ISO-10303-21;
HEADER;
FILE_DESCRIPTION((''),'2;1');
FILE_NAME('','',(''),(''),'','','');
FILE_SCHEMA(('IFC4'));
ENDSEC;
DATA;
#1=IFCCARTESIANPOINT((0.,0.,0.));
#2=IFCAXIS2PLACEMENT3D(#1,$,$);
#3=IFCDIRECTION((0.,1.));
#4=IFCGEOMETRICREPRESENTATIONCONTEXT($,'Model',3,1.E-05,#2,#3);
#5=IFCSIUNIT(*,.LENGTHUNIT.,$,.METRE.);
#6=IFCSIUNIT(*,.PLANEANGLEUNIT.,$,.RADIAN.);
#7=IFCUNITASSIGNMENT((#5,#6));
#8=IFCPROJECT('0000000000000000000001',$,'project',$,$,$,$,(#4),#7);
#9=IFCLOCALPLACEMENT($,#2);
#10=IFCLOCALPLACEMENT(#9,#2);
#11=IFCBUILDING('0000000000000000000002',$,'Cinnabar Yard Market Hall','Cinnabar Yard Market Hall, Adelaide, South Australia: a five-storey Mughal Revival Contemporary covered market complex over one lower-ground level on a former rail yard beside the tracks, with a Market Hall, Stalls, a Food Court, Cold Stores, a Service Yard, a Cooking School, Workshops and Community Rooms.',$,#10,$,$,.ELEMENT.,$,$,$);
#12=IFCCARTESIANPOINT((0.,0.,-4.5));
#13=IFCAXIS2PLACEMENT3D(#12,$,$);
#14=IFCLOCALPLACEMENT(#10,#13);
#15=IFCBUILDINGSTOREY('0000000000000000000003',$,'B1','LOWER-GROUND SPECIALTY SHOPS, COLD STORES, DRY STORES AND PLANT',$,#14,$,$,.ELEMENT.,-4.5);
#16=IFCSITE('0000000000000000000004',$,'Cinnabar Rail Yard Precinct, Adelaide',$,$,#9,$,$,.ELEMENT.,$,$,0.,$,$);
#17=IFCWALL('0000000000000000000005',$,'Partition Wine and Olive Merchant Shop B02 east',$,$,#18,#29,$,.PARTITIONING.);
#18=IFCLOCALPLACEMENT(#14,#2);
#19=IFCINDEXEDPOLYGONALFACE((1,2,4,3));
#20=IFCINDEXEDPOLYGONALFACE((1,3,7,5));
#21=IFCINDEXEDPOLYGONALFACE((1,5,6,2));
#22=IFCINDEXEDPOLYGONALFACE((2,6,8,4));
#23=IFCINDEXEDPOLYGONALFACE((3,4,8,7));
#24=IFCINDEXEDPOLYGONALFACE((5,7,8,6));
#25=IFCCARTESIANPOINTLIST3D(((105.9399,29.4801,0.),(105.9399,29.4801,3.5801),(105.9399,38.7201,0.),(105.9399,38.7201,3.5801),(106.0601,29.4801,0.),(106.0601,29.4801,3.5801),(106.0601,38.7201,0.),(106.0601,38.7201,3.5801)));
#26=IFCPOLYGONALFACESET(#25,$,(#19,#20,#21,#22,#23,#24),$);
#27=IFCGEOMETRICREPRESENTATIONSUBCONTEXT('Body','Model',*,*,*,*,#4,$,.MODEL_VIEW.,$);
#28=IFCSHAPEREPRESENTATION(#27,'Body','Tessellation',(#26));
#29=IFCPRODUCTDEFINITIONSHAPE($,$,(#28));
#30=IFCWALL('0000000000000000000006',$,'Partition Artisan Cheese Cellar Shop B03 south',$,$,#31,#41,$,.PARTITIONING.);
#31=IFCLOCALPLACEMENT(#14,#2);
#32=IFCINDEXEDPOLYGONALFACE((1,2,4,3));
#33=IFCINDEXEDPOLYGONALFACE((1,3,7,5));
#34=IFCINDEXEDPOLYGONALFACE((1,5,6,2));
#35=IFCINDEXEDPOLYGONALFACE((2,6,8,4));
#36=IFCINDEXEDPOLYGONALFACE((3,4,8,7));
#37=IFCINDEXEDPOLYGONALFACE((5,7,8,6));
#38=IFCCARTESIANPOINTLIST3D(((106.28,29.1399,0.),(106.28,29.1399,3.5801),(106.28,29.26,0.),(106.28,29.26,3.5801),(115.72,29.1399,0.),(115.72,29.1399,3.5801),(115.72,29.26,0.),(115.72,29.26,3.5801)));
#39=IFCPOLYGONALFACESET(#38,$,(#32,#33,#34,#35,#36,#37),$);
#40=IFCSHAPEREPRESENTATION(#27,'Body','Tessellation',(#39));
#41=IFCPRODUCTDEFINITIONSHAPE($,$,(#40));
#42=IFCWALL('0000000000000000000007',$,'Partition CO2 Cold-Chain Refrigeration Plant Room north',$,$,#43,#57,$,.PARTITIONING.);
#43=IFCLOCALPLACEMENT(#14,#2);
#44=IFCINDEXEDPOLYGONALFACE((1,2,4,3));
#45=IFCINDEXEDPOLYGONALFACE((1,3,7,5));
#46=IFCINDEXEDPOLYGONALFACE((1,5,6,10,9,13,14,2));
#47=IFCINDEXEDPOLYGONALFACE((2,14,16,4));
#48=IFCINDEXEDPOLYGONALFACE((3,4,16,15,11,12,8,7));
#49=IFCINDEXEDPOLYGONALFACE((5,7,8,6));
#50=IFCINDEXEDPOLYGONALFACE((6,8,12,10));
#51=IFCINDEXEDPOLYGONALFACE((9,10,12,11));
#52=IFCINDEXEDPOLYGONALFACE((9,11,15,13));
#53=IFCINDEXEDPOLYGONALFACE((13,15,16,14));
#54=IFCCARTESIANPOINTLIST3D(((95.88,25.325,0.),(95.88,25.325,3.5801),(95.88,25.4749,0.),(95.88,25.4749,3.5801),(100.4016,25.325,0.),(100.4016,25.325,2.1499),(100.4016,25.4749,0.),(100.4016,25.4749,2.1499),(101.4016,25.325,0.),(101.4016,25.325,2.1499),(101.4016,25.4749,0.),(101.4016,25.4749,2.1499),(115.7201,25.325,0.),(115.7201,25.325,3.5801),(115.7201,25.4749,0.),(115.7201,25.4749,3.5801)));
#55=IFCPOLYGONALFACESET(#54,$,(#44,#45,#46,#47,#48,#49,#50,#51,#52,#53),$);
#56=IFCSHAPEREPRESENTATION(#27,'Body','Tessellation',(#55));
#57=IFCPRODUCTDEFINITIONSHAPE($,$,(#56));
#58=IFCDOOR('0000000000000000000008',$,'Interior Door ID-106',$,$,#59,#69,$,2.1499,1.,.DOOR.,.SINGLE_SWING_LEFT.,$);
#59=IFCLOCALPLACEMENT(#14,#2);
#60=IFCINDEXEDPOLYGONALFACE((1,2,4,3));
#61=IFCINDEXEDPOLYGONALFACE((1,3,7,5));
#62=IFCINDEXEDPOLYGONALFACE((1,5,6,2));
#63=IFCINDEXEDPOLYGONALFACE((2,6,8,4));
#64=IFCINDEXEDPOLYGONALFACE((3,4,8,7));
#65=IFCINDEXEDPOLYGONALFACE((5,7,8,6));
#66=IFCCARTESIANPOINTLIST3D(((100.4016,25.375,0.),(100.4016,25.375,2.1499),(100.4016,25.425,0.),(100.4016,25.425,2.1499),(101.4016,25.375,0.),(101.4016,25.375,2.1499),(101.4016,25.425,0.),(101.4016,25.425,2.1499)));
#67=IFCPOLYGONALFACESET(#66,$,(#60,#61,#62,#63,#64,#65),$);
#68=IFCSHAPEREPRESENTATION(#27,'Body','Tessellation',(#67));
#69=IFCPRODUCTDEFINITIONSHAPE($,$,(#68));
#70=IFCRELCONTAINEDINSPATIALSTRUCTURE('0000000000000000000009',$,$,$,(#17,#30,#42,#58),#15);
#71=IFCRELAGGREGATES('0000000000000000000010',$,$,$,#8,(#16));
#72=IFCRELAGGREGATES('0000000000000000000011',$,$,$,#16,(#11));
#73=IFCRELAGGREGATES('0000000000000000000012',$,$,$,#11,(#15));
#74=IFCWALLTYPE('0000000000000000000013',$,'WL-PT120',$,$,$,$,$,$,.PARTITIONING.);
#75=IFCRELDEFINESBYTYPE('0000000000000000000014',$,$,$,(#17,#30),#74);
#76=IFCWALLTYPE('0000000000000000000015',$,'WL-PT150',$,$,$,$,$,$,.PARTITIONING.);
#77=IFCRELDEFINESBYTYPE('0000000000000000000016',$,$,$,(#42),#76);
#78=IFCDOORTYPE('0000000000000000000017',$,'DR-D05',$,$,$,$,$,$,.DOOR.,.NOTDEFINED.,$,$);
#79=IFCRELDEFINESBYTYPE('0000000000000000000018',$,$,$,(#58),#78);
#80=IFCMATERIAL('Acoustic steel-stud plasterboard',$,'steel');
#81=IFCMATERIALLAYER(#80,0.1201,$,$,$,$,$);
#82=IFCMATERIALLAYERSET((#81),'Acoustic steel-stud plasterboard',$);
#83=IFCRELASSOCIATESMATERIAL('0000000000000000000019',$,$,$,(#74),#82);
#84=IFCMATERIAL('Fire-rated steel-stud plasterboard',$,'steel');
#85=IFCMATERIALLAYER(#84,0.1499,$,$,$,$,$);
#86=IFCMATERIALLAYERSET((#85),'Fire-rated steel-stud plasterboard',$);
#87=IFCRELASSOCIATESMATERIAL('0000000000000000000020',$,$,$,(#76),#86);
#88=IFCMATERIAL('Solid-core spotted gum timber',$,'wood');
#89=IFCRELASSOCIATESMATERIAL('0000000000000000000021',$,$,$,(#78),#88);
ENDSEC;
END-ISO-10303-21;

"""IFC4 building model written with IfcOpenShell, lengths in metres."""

from ifc_helpers import new_model, si_unit, direction, frame, frame_2d, origin, place, context, subcontext, project, spatial, rectangle, extrude, material, layer, layer_set, type_object, element, fill, save


model = new_model("IFC4")

# Units and contexts
model_context = context("Model", 3, precision=1e-05, world=origin(), true_north=direction((0.0, 1.0)))
body_context = subcontext(model_context, "Body", "Model", "MODEL_VIEW")
ifc_project = project(units=[si_unit("LENGTHUNIT", "METRE"), si_unit("PLANEANGLEUNIT", "RADIAN")], contexts=[model_context])

# Site, building, storey
site_placement = place(None, origin())
site = spatial("IfcSite", under=ifc_project, at=site_placement, Name="Cinnabar Rail Yard Precinct, Adelaide", CompositionType="ELEMENT", RefElevation=0.0)
building_placement = place(site_placement, origin())
building = spatial("IfcBuilding", under=site, at=building_placement, Name="Cinnabar Yard Market Hall", Description="Cinnabar Yard Market Hall, Adelaide, South Australia: a five-storey Mughal Revival Contemporary covered market complex over one lower-ground level on a former rail yard beside the tracks, with a Market Hall, Stalls, a Food Court, Cold Stores, a Service Yard, a Cooking School, Workshops and Community Rooms.", CompositionType="ELEMENT")
storey_placement = place(building_placement, frame((0.0, 0.0, -4.5)))
storey = spatial("IfcBuildingStorey", under=building, at=storey_placement, Name="B1", Description="LOWER-GROUND SPECIALTY SHOPS, COLD STORES, DRY STORES AND PLANT", CompositionType="ELEMENT", Elevation=-4.5)

# Walls
ifc_material_1 = material(Name="Acoustic steel-stud plasterboard", Category="steel")
ifc_layer_1 = layer(ifc_material_1, 0.1201)
ifc_layer_set_1 = layer_set([ifc_layer_1], Name="Acoustic steel-stud plasterboard")
wall_type_1 = type_object("IfcWallType", Name="WL-PT120", PredefinedType="PARTITIONING", material=ifc_layer_set_1)
wall_1_placement = place(storey_placement, frame((106.0, 29.48, 0.0), z_axis=(0.0, 0.0, 1.0), x_axis=(0.0, 1.0, 0.0)))
element("IfcWall", 1, at=wall_1_placement, inside=storey, type_object=wall_type_1, Name="Partition Wine and Olive Merchant Shop B02 east", PredefinedType="PARTITIONING", context=body_context, shape_type="SweptSolid", body=[
    extrude(rectangle(XDim=9.24, YDim=0.1201, at=frame_2d((4.6201, 0.0), x_axis=(1.0, 0.0))), origin(), (0.0, 0.0, 1.0), 3.5801),
])
wall_2_placement = place(storey_placement, frame((106.28, 29.2, 0.0), z_axis=(0.0, 0.0, 1.0), x_axis=(1.0, 0.0, 0.0)))
element("IfcWall", 2, at=wall_2_placement, inside=storey, type_object=wall_type_1, Name="Partition Artisan Cheese Cellar Shop B03 south", PredefinedType="PARTITIONING", context=body_context, shape_type="SweptSolid", body=[
    extrude(rectangle(XDim=9.4399, YDim=0.1201, at=frame_2d((4.72, 0.0), x_axis=(1.0, 0.0))), origin(), (0.0, 0.0, 1.0), 3.5801),
])

# Wall, opening, door
ifc_material_2 = material(Name="Fire-rated steel-stud plasterboard", Category="steel")
ifc_layer_2 = layer(ifc_material_2, 0.1499)
ifc_layer_set_2 = layer_set([ifc_layer_2], Name="Fire-rated steel-stud plasterboard")
wall_type_2 = type_object("IfcWallType", Name="WL-PT150", PredefinedType="PARTITIONING", material=ifc_layer_set_2)
wall_3_placement = place(storey_placement, frame((115.72, 25.3999, 0.0), z_axis=(0.0, 0.0, 1.0), x_axis=(-1.0, 0.0, 0.0)))
wall_3 = element("IfcWall", 3, at=wall_3_placement, inside=storey, type_object=wall_type_2, Name="Partition CO2 Cold-Chain Refrigeration Plant Room north", PredefinedType="PARTITIONING", context=body_context, shape_type="SweptSolid", body=[
    extrude(rectangle(XDim=19.8401, YDim=0.1499, at=frame_2d((9.9199, 0.0), x_axis=(1.0, 0.0))), origin(), (0.0, 0.0, 1.0), 3.5801),
])
opening_placement = place(wall_3_placement, frame((14.3184, 0.0, 0.0)))
opening = element("IfcOpeningElement", 4, at=opening_placement, cuts=wall_3, PredefinedType="OPENING", context=body_context, shape_type="SweptSolid", body=[
    extrude(rectangle(XDim=1.0, YDim=2.1499, at=frame_2d((0.5, 1.075), x_axis=(1.0, 0.0))), frame((0.0, 0.085, 0.0), z_axis=(0.0, -1.0, 0.0), x_axis=(1.0, 0.0, 0.0)), (0.0, 0.0, 1.0), 0.1699),
])
ifc_material_3 = material(Name="Solid-core spotted gum timber", Category="wood")
door_type = type_object("IfcDoorType", Name="DR-D05", OperationType="NOTDEFINED", PredefinedType="DOOR", material=ifc_material_3)
door_placement = place(opening_placement, origin())
door = element("IfcDoor", 5, at=door_placement, inside=storey, type_object=door_type, Name="Interior Door ID-106", OperationType="SINGLE_SWING_LEFT", OverallHeight=2.1499, OverallWidth=1.0, PredefinedType="DOOR", context=body_context, shape_type="SweptSolid", body=[
    extrude(rectangle(XDim=1.0, YDim=2.1499, at=frame_2d((0.5, 1.075), x_axis=(1.0, 0.0))), frame((0.0, 0.0249, 0.0), z_axis=(0.0, -1.0, 0.0), x_axis=(1.0, 0.0, 0.0)), (0.0, 0.0, 1.0), 0.05),
])
fill(opening, door)

save(model, "model.ifc")
